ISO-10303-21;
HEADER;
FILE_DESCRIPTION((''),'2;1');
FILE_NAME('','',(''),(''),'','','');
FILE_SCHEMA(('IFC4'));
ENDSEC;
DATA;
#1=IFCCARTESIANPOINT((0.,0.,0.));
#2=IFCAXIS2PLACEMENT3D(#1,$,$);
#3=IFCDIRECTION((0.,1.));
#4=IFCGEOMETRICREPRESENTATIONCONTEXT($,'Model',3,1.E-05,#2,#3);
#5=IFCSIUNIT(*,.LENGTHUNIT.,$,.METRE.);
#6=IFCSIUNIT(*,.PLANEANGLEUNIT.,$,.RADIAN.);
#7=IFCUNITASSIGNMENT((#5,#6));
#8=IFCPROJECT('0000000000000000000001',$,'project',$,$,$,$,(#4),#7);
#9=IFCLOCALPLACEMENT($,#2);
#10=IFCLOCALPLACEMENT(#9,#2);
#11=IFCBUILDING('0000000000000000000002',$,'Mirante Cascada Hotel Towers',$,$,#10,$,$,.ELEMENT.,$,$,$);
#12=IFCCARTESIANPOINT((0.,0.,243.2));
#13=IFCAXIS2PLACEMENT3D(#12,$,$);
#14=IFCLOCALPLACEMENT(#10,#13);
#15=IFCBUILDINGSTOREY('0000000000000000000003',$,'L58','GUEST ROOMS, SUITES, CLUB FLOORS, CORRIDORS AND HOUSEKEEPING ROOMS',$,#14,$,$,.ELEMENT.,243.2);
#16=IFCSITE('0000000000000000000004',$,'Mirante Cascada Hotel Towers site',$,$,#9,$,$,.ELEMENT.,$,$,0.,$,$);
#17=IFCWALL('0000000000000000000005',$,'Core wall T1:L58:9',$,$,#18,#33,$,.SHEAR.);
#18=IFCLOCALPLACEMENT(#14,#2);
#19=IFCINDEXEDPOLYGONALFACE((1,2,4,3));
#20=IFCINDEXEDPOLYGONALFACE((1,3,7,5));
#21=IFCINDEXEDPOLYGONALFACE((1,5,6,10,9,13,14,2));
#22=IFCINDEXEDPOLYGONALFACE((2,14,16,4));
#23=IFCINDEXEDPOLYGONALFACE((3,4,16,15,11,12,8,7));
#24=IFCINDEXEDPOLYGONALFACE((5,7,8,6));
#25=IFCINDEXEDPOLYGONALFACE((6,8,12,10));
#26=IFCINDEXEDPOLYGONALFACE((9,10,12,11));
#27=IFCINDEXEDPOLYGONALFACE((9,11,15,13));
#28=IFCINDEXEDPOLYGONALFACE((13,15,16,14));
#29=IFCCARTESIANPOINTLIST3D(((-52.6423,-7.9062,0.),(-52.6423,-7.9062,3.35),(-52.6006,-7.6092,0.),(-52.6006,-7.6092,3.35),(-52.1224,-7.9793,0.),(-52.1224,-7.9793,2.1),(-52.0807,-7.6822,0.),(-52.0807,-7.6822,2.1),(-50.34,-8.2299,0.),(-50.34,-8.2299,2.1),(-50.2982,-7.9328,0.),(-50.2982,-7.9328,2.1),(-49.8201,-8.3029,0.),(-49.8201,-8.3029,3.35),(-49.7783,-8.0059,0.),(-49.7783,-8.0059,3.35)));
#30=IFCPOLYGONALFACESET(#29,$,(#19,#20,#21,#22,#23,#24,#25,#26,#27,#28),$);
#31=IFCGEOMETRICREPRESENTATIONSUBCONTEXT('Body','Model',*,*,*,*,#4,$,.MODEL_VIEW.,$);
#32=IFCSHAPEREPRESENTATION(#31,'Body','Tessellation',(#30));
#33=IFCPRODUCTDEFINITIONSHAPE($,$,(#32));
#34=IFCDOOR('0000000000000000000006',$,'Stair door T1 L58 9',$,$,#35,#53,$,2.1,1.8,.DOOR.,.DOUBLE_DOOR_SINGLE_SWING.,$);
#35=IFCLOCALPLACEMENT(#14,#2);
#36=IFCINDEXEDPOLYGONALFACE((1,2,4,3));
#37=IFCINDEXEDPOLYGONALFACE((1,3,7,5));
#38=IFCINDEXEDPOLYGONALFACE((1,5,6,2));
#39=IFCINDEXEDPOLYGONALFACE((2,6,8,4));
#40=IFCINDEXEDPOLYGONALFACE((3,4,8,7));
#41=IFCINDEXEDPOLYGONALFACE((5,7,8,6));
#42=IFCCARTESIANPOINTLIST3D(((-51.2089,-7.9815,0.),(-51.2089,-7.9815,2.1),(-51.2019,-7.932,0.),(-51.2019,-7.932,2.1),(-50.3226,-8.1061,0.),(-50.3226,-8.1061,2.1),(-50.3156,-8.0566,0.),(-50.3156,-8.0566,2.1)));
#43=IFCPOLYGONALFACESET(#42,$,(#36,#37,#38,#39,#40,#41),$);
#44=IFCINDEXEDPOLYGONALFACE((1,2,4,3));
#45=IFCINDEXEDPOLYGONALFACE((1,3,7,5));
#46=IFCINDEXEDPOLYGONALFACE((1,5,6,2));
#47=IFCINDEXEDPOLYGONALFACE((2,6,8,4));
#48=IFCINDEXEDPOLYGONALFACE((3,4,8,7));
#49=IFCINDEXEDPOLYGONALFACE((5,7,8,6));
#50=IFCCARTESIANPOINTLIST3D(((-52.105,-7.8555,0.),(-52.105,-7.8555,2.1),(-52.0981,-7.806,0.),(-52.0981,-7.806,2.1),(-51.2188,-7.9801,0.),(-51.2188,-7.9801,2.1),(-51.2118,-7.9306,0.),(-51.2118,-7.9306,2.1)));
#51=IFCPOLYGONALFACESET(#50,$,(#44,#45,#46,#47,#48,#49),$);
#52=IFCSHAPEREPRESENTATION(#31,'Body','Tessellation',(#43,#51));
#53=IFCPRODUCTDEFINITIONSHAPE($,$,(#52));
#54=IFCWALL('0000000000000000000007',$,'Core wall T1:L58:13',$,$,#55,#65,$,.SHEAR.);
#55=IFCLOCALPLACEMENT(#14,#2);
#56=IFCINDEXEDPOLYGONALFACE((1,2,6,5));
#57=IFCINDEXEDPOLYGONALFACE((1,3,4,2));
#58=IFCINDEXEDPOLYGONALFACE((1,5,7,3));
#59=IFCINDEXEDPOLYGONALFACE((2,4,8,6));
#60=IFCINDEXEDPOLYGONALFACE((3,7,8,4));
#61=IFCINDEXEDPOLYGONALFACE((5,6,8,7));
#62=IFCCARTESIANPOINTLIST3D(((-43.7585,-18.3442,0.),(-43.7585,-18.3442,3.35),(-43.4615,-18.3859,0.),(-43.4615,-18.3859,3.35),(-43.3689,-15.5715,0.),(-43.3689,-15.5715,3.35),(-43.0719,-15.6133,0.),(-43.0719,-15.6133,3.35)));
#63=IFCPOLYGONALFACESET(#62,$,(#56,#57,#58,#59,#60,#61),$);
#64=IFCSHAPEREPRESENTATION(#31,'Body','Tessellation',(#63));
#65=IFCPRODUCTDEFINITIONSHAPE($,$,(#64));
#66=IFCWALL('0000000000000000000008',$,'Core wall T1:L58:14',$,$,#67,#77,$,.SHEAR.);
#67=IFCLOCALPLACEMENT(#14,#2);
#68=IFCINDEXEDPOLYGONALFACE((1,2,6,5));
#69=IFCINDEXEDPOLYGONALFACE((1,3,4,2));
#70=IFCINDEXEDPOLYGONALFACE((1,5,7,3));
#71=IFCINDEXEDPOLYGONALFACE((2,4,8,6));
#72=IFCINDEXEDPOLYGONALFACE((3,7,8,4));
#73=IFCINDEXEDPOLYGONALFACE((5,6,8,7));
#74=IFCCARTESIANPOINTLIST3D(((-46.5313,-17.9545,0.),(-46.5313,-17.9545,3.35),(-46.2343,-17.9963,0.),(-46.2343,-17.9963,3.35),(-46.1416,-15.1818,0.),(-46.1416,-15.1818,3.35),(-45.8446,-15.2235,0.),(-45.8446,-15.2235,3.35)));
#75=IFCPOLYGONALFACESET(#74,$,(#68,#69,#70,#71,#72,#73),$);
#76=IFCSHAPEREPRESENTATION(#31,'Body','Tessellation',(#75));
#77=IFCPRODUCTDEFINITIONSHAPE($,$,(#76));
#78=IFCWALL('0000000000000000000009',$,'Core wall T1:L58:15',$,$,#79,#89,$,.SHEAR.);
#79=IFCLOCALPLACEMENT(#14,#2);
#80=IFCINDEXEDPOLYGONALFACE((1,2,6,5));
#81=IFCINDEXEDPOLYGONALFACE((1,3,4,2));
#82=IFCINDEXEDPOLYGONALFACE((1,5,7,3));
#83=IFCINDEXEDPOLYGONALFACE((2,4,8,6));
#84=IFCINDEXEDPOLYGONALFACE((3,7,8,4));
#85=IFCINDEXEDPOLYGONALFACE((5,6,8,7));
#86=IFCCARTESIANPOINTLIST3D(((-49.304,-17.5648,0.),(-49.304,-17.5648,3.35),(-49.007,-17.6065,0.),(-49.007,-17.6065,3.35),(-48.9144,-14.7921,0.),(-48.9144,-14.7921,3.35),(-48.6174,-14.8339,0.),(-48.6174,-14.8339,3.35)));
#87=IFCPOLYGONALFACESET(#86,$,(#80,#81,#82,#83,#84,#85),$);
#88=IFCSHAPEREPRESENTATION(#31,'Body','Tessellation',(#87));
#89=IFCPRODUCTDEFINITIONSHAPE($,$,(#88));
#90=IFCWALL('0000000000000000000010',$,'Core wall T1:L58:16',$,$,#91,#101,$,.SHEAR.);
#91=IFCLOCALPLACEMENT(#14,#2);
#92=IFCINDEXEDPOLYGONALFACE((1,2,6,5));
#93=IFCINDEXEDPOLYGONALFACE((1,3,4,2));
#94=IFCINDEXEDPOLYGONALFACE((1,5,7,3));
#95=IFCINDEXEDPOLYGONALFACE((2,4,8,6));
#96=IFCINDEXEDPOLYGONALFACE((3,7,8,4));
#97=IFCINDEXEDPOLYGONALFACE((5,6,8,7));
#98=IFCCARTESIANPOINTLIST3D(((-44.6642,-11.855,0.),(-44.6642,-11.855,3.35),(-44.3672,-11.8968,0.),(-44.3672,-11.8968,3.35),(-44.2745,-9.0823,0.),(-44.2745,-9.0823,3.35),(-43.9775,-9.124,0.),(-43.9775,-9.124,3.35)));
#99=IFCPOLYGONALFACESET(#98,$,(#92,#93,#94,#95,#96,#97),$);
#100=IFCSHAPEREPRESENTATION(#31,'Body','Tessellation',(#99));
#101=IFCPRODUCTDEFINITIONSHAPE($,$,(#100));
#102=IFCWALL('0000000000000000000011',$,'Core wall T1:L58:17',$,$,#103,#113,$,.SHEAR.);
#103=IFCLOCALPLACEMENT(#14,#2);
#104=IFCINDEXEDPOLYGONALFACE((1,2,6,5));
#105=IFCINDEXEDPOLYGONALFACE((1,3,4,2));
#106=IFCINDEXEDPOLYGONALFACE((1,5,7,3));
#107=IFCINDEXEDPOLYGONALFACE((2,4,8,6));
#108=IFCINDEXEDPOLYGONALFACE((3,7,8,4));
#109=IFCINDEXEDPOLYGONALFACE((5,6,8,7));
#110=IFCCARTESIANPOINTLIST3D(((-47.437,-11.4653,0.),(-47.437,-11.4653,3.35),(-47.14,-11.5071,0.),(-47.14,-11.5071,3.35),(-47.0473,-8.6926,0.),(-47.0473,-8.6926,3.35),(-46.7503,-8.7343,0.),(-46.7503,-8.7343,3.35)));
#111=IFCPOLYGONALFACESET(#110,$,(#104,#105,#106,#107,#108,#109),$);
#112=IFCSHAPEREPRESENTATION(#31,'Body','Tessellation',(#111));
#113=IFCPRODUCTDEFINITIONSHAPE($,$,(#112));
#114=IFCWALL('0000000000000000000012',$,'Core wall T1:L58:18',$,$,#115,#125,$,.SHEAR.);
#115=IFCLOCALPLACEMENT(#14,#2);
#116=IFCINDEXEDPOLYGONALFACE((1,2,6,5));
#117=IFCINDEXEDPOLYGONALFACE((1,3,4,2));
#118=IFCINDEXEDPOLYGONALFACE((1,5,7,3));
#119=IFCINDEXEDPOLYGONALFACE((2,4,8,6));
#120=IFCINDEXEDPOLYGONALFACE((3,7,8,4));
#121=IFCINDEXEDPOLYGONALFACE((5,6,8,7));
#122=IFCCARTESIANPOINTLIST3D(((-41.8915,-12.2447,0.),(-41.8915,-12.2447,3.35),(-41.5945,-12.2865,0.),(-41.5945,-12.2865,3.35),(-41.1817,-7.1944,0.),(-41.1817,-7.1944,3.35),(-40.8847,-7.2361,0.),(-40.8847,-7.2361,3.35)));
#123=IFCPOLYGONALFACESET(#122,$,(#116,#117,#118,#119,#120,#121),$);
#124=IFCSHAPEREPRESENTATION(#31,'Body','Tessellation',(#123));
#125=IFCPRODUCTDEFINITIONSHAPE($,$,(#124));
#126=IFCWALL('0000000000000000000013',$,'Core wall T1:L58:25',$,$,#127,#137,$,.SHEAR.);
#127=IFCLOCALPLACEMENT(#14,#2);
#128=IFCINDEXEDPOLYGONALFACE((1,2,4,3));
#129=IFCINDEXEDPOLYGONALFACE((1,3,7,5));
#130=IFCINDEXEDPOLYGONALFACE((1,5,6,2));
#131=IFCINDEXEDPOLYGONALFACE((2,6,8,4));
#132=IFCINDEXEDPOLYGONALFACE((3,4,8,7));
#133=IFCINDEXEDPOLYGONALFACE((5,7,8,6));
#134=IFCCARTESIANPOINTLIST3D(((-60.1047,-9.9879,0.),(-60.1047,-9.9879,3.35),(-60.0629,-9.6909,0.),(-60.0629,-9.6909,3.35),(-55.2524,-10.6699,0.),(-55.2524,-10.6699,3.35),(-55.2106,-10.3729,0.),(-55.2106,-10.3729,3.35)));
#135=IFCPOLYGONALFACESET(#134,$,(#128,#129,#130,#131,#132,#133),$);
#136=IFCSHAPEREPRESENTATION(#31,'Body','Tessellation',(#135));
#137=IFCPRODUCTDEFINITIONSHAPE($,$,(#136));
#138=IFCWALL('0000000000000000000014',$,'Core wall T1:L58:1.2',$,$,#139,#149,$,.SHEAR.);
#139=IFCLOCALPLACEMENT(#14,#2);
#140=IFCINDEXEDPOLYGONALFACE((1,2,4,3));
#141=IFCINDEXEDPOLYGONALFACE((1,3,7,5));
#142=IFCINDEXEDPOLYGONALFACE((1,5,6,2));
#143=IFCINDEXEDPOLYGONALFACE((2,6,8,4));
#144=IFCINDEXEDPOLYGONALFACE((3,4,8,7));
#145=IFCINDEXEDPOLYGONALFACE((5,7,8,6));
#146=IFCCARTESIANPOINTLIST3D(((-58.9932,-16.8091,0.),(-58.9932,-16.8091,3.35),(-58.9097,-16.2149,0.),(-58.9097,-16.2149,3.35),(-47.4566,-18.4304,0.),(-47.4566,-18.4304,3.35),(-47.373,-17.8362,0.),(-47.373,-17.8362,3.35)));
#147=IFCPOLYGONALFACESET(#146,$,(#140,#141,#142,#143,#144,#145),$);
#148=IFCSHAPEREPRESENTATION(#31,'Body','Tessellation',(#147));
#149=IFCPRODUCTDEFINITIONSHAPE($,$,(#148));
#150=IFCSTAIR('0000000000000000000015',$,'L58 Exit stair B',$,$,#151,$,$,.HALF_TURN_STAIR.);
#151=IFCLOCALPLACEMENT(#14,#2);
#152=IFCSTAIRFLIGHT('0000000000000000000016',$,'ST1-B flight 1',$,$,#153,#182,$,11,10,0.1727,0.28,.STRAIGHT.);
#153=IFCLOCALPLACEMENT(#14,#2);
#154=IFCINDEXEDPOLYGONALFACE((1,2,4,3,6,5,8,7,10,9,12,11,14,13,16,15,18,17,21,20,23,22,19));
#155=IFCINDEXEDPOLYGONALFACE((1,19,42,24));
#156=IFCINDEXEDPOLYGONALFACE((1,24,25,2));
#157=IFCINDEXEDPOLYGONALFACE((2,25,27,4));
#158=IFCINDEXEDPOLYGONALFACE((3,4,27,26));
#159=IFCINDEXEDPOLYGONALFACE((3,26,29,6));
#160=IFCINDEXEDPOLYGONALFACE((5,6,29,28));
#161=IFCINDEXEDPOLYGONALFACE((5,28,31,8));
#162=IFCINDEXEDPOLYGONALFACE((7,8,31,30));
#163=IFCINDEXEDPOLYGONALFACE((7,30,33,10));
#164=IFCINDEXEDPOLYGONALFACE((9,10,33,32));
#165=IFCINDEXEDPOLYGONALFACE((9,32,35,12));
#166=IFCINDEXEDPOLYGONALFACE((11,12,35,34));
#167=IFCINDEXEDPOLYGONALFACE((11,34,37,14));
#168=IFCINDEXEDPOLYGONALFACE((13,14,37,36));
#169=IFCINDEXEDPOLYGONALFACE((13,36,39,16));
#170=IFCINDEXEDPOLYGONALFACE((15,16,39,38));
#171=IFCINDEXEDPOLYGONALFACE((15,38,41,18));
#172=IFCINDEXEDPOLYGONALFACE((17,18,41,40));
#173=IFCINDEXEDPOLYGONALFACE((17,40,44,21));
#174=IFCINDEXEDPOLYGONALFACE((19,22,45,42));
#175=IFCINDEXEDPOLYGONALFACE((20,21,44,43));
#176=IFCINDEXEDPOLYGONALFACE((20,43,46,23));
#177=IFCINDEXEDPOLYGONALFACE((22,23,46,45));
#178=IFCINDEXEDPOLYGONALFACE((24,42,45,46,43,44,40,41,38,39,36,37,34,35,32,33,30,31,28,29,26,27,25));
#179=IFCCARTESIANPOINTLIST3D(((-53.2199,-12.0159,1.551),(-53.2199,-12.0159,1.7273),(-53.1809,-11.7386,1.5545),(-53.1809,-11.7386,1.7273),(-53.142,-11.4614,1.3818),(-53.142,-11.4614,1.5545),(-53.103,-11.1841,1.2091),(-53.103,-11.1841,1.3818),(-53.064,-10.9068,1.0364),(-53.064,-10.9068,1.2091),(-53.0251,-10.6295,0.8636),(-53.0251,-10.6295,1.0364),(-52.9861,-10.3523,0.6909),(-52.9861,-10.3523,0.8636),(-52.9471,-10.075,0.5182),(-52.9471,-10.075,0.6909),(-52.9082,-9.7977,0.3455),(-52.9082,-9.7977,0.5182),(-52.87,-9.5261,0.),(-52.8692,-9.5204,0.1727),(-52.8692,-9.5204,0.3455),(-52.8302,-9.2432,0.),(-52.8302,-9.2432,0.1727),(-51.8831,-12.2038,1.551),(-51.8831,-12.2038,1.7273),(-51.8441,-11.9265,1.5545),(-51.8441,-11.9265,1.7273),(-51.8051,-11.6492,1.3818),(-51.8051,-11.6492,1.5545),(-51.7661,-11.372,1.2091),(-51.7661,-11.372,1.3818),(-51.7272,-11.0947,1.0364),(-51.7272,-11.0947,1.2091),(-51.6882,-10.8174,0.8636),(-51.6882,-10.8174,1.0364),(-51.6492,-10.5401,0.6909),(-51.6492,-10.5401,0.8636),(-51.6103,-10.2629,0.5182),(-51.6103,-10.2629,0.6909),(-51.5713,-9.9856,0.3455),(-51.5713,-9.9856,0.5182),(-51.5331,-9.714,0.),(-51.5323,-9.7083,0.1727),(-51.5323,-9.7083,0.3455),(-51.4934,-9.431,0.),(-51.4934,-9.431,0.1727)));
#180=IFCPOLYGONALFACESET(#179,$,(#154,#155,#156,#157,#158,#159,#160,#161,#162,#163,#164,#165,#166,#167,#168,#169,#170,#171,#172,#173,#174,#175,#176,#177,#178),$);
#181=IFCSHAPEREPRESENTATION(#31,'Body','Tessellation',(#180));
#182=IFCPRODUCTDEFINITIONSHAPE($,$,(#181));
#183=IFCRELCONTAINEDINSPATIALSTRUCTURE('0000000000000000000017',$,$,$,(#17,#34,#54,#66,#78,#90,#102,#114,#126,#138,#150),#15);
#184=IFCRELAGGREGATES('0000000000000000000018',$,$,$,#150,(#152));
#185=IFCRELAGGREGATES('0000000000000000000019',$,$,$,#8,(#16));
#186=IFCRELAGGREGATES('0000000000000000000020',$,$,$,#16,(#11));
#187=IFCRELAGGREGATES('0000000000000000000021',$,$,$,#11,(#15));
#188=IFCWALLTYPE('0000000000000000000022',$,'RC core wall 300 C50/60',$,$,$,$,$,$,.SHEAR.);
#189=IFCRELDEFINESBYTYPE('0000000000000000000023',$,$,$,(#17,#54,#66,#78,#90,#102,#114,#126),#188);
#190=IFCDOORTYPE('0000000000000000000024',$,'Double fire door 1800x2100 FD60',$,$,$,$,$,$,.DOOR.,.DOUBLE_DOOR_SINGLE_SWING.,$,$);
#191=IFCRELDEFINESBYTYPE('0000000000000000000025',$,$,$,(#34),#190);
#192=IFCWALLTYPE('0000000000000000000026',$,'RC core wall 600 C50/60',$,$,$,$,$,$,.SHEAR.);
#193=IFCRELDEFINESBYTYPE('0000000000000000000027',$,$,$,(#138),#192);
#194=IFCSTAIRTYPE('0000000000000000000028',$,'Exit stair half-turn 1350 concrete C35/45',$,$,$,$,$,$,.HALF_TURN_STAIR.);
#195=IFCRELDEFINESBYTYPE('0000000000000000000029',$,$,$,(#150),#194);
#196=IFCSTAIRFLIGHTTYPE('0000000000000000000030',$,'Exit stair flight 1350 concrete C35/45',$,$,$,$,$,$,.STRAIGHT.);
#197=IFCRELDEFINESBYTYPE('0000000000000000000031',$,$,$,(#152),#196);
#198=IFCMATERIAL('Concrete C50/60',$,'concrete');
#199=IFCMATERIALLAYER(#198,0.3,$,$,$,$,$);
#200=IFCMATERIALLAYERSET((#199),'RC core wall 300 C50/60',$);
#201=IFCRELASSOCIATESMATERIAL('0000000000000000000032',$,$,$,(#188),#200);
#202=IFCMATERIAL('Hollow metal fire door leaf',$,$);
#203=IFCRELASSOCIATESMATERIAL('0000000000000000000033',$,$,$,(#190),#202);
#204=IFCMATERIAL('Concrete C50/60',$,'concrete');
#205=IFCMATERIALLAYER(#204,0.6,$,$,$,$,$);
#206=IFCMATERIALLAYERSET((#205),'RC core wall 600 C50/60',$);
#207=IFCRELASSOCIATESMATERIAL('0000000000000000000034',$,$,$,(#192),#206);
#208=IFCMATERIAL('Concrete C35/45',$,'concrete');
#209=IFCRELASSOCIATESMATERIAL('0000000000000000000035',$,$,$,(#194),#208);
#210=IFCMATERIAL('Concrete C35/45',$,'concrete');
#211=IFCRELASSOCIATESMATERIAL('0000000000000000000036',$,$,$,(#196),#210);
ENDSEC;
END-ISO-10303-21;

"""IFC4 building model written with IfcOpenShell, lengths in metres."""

from ifc_helpers import new_model, si_unit, direction, frame, frame_2d, origin, place, context, subcontext, project, spatial, polyline, rectangle, outline, extrude, material, layer, layer_set, type_object, element, fill, aggregate, save


model = new_model("IFC4")

# Units and contexts
model_context = context("Model", 3, precision=1e-05, world=origin(), true_north=direction((0.0, 1.0)))
body_context = subcontext(model_context, "Body", "Model", "MODEL_VIEW")
ifc_project = project(units=[si_unit("LENGTHUNIT", "METRE"), si_unit("PLANEANGLEUNIT", "RADIAN")], contexts=[model_context])

# Site, building, storey
site_placement = place(None, origin())
site = spatial("IfcSite", under=ifc_project, at=site_placement, Name="Mirante Cascada Hotel Towers site", CompositionType="ELEMENT", RefElevation=0.0)
building_placement = place(site_placement, origin())
building = spatial("IfcBuilding", under=site, at=building_placement, Name="Mirante Cascada Hotel Towers", CompositionType="ELEMENT")
storey_placement = place(building_placement, frame((0.0, 0.0, 243.2)))
storey = spatial("IfcBuildingStorey", under=building, at=storey_placement, Name="L58", Description="GUEST ROOMS, SUITES, CLUB FLOORS, CORRIDORS AND HOUSEKEEPING ROOMS", CompositionType="ELEMENT", Elevation=243.2)

# Shared definitions
ifc_material_1 = material(Name="Concrete C50/60", Category="concrete")
ifc_layer_1 = layer(ifc_material_1, 0.3)
ifc_layer_set_1 = layer_set([ifc_layer_1], Name="RC core wall 300 C50/60")
wall_type_1 = type_object("IfcWallType", Name="RC core wall 300 C50/60", PredefinedType="SHEAR", material=ifc_layer_set_1)

# Wall, opening, door
wall_1_placement = place(storey_placement, frame((-49.7992, -8.1544, 0.0), z_axis=(0.0, 0.0, 1.0), x_axis=(-0.990266, 0.139191, 0.0)))
wall_1 = element("IfcWall", 1, at=wall_1_placement, inside=storey, type_object=wall_type_1, Name="Core wall T1:L58:9", PredefinedType="SHEAR", context=body_context, shape_type="SweptSolid", body=[
    extrude(rectangle(XDim=2.85, YDim=0.3, at=frame_2d((1.425, 0.0))), origin(), (0.0, 0.0, 1.0), 3.35),
])
opening_1_placement = place(wall_1_placement, frame((0.525, 0.0, 0.0)))
opening_1 = element("IfcOpeningElement", 2, at=opening_1_placement, cuts=wall_1, PredefinedType="OPENING", context=body_context, shape_type="SweptSolid", body=[
    extrude(rectangle(XDim=1.8, YDim=2.1, at=frame_2d((0.9, 1.05))), frame((0.0, 0.15, 0.0), z_axis=(0.0, -1.0, 0.0), x_axis=(1.0, 0.0, 0.0)), (0.0, 0.0, 1.0), 0.3),
])
ifc_material_2 = material(Name="Hollow metal fire door leaf")
door_type_1 = type_object("IfcDoorType", Name="Double fire door 1800x2100 FD60", OperationType="DOUBLE_DOOR_SINGLE_SWING", PredefinedType="DOOR", material=ifc_material_2)
door_1_placement = place(opening_1_placement, origin())
door_1 = element("IfcDoor", 3, at=door_1_placement, inside=storey, type_object=door_type_1, Name="Stair door T1 L58 9", OperationType="DOUBLE_DOOR_SINGLE_SWING", OverallHeight=2.1, OverallWidth=1.8, PredefinedType="DOOR", context=body_context, shape_type="SweptSolid", body=[
    extrude(rectangle(XDim=0.895, YDim=2.1, at=frame_2d((0.4475, 1.05))), frame((0.0, 0.025, 0.0), z_axis=(0.0, -1.0, 0.0), x_axis=(1.0, 0.0, 0.0)), (0.0, 0.0, 1.0), 0.05),
    extrude(rectangle(XDim=0.895, YDim=2.1, at=frame_2d((1.3525, 1.05))), frame((0.0, 0.025, 0.0), z_axis=(0.0, -1.0, 0.0), x_axis=(1.0, 0.0, 0.0)), (0.0, 0.0, 1.0), 0.05),
])
fill(opening_1, door_1)

# Walls
wall_2_placement = place(storey_placement, frame((-43.61, -18.3651, 0.0), z_axis=(0.0, 0.0, 1.0), x_axis=(0.139146, 0.990272, 0.0)))
element("IfcWall", 4, at=wall_2_placement, inside=storey, type_object=wall_type_1, Name="Core wall T1:L58:13", PredefinedType="SHEAR", context=body_context, shape_type="SweptSolid", body=[
    extrude(rectangle(XDim=2.7999, YDim=0.3, at=frame_2d((1.4, 0.0))), origin(), (0.0, 0.0, 1.0), 3.35),
])
wall_3_placement = place(storey_placement, frame((-46.3828, -17.9754, 0.0), z_axis=(0.0, 0.0, 1.0), x_axis=(0.139181, 0.990267, 0.0)))
element("IfcWall", 5, at=wall_3_placement, inside=storey, type_object=wall_type_1, Name="Core wall T1:L58:14", PredefinedType="SHEAR", context=body_context, shape_type="SweptSolid", body=[
    extrude(rectangle(XDim=2.8, YDim=0.3, at=frame_2d((1.4, 0.0))), origin(), (0.0, 0.0, 1.0), 3.35),
])
wall_4_placement = place(storey_placement, frame((-49.1555, -17.5857, 0.0), z_axis=(0.0, 0.0, 1.0), x_axis=(0.139146, 0.990272, 0.0)))
element("IfcWall", 6, at=wall_4_placement, inside=storey, type_object=wall_type_1, Name="Core wall T1:L58:15", PredefinedType="SHEAR", context=body_context, shape_type="SweptSolid", body=[
    extrude(rectangle(XDim=2.7999, YDim=0.3, at=frame_2d((1.4, 0.0))), origin(), (0.0, 0.0, 1.0), 3.35),
])
for number, where, z_axis, x_axis, name in (
    (7, (-44.5157, -11.8759, 0.0), (0.0, 0.0, 1.0), (0.139181, 0.990267, 0.0), "Core wall T1:L58:16"),
    (8, (-47.2885, -11.4862, 0.0), (0.0, 0.0, 1.0), (0.139181, 0.990267, 0.0), "Core wall T1:L58:17"),
):
    element("IfcWall", number, at=place(storey_placement, frame(where, z_axis=z_axis, x_axis=x_axis)), inside=storey, type_object=wall_type_1, Name=name, PredefinedType="SHEAR", context=body_context, shape_type="SweptSolid", body=[
        extrude(rectangle(XDim=2.8, YDim=0.3, at=frame_2d((1.4, 0.0))), origin(), (0.0, 0.0, 1.0), 3.35),
    ])
wall_5_placement = place(storey_placement, frame((-41.743, -12.2656, 0.0), z_axis=(0.0, 0.0, 1.0), x_axis=(0.139176, 0.990268, 0.0)))
element("IfcWall", 9, at=wall_5_placement, inside=storey, type_object=wall_type_1, Name="Core wall T1:L58:18", PredefinedType="SHEAR", context=body_context, shape_type="SweptSolid", body=[
    extrude(rectangle(XDim=5.1, YDim=0.3, at=frame_2d((2.55, 0.0))), origin(), (0.0, 0.0, 1.0), 3.35),
])
wall_6_placement = place(storey_placement, frame((-55.2315, -10.5214, 0.0), z_axis=(0.0, 0.0, 1.0), x_axis=(-0.990267, 0.139184, 0.0)))
element("IfcWall", 10, at=wall_6_placement, inside=storey, type_object=wall_type_1, Name="Core wall T1:L58:25", PredefinedType="SHEAR", context=body_context, shape_type="SweptSolid", body=[
    extrude(rectangle(XDim=4.9, YDim=0.3, at=frame_2d((2.45, 0.0))), origin(), (0.0, 0.0, 1.0), 3.35),
])
ifc_material_3 = material(Name="Concrete C50/60", Category="concrete")
ifc_layer_2 = layer(ifc_material_3, 0.6)
ifc_layer_set_2 = layer_set([ifc_layer_2], Name="RC core wall 600 C50/60")
wall_type_2 = type_object("IfcWallType", Name="RC core wall 600 C50/60", PredefinedType="SHEAR", material=ifc_layer_set_2)
wall_7_placement = place(storey_placement, frame((-47.4148, -18.1333, 0.0), z_axis=(0.0, 0.0, 1.0), x_axis=(-0.990269, 0.139168, 0.0)))
element("IfcWall", 11, at=wall_7_placement, inside=storey, type_object=wall_type_2, Name="Core wall T1:L58:1.2", PredefinedType="SHEAR", context=body_context, shape_type="SweptSolid", body=[
    extrude(rectangle(XDim=11.65, YDim=0.6, at=frame_2d((5.825, 0.0))), origin(), (0.0, 0.0, 1.0), 3.35),
])

# Stair, stair flight
ifc_material_4 = material(Name="Concrete C35/45", Category="concrete")
stair_type = type_object("IfcStairType", Name="Exit stair half-turn 1350 concrete C35/45", PredefinedType="HALF_TURN_STAIR", material=ifc_material_4)
stair_placement = place(storey_placement, origin())
stair = element("IfcStair", 12, at=stair_placement, inside=storey, type_object=stair_type, Name="L58 Exit stair B", PredefinedType="HALF_TURN_STAIR")
ifc_material_5 = material(Name="Concrete C35/45", Category="concrete")
stair_flight_type = type_object("IfcStairFlightType", Name="Exit stair flight 1350 concrete C35/45", PredefinedType="STRAIGHT", material=ifc_material_5)
stair_flight_1_placement = place(storey_placement, frame((-52.1618, -9.3371, 0.0), z_axis=(0.0, 0.0, 1.0), x_axis=(-0.139173, -0.990268, 0.0)))
stair_flight_1 = element("IfcStairFlight", 13, at=stair_flight_1_placement, type_object=stair_flight_type, Name="ST1-B flight 1", NumberOfRisers=11, NumberOfTreads=10, PredefinedType="STRAIGHT", RiserHeight=0.1727, TreadLength=0.28, context=body_context, shape_type="SweptSolid", body=[
    extrude(outline(polyline([(0.0, 0.0), (0.0, 0.1727), (0.28, 0.1727), (0.28, 0.3455), (0.56, 0.3455), (0.56, 0.5182), (0.84, 0.5182), (0.84, 0.6909), (1.12, 0.6909), (1.12, 0.8636), (1.4, 0.8636), (1.4, 1.0364), (1.68, 1.0364), (1.68, 1.2091), (1.96, 1.2091), (1.96, 1.3818), (2.24, 1.3818), (2.24, 1.5545), (2.52, 1.5545), (2.52, 1.7273), (2.8, 1.7273), (2.8, 1.9), (2.8, 1.551), (0.2857, 0.0), (0.0, 0.0)])), frame((0.0, 0.675, 0.0), z_axis=(0.0, -1.0, 0.0), x_axis=(1.0, 0.0, 0.0)), (0.0, 0.0, 1.0), 1.35),
])
aggregate(stair, [stair_flight_1])

save(model, "model.ifc")
